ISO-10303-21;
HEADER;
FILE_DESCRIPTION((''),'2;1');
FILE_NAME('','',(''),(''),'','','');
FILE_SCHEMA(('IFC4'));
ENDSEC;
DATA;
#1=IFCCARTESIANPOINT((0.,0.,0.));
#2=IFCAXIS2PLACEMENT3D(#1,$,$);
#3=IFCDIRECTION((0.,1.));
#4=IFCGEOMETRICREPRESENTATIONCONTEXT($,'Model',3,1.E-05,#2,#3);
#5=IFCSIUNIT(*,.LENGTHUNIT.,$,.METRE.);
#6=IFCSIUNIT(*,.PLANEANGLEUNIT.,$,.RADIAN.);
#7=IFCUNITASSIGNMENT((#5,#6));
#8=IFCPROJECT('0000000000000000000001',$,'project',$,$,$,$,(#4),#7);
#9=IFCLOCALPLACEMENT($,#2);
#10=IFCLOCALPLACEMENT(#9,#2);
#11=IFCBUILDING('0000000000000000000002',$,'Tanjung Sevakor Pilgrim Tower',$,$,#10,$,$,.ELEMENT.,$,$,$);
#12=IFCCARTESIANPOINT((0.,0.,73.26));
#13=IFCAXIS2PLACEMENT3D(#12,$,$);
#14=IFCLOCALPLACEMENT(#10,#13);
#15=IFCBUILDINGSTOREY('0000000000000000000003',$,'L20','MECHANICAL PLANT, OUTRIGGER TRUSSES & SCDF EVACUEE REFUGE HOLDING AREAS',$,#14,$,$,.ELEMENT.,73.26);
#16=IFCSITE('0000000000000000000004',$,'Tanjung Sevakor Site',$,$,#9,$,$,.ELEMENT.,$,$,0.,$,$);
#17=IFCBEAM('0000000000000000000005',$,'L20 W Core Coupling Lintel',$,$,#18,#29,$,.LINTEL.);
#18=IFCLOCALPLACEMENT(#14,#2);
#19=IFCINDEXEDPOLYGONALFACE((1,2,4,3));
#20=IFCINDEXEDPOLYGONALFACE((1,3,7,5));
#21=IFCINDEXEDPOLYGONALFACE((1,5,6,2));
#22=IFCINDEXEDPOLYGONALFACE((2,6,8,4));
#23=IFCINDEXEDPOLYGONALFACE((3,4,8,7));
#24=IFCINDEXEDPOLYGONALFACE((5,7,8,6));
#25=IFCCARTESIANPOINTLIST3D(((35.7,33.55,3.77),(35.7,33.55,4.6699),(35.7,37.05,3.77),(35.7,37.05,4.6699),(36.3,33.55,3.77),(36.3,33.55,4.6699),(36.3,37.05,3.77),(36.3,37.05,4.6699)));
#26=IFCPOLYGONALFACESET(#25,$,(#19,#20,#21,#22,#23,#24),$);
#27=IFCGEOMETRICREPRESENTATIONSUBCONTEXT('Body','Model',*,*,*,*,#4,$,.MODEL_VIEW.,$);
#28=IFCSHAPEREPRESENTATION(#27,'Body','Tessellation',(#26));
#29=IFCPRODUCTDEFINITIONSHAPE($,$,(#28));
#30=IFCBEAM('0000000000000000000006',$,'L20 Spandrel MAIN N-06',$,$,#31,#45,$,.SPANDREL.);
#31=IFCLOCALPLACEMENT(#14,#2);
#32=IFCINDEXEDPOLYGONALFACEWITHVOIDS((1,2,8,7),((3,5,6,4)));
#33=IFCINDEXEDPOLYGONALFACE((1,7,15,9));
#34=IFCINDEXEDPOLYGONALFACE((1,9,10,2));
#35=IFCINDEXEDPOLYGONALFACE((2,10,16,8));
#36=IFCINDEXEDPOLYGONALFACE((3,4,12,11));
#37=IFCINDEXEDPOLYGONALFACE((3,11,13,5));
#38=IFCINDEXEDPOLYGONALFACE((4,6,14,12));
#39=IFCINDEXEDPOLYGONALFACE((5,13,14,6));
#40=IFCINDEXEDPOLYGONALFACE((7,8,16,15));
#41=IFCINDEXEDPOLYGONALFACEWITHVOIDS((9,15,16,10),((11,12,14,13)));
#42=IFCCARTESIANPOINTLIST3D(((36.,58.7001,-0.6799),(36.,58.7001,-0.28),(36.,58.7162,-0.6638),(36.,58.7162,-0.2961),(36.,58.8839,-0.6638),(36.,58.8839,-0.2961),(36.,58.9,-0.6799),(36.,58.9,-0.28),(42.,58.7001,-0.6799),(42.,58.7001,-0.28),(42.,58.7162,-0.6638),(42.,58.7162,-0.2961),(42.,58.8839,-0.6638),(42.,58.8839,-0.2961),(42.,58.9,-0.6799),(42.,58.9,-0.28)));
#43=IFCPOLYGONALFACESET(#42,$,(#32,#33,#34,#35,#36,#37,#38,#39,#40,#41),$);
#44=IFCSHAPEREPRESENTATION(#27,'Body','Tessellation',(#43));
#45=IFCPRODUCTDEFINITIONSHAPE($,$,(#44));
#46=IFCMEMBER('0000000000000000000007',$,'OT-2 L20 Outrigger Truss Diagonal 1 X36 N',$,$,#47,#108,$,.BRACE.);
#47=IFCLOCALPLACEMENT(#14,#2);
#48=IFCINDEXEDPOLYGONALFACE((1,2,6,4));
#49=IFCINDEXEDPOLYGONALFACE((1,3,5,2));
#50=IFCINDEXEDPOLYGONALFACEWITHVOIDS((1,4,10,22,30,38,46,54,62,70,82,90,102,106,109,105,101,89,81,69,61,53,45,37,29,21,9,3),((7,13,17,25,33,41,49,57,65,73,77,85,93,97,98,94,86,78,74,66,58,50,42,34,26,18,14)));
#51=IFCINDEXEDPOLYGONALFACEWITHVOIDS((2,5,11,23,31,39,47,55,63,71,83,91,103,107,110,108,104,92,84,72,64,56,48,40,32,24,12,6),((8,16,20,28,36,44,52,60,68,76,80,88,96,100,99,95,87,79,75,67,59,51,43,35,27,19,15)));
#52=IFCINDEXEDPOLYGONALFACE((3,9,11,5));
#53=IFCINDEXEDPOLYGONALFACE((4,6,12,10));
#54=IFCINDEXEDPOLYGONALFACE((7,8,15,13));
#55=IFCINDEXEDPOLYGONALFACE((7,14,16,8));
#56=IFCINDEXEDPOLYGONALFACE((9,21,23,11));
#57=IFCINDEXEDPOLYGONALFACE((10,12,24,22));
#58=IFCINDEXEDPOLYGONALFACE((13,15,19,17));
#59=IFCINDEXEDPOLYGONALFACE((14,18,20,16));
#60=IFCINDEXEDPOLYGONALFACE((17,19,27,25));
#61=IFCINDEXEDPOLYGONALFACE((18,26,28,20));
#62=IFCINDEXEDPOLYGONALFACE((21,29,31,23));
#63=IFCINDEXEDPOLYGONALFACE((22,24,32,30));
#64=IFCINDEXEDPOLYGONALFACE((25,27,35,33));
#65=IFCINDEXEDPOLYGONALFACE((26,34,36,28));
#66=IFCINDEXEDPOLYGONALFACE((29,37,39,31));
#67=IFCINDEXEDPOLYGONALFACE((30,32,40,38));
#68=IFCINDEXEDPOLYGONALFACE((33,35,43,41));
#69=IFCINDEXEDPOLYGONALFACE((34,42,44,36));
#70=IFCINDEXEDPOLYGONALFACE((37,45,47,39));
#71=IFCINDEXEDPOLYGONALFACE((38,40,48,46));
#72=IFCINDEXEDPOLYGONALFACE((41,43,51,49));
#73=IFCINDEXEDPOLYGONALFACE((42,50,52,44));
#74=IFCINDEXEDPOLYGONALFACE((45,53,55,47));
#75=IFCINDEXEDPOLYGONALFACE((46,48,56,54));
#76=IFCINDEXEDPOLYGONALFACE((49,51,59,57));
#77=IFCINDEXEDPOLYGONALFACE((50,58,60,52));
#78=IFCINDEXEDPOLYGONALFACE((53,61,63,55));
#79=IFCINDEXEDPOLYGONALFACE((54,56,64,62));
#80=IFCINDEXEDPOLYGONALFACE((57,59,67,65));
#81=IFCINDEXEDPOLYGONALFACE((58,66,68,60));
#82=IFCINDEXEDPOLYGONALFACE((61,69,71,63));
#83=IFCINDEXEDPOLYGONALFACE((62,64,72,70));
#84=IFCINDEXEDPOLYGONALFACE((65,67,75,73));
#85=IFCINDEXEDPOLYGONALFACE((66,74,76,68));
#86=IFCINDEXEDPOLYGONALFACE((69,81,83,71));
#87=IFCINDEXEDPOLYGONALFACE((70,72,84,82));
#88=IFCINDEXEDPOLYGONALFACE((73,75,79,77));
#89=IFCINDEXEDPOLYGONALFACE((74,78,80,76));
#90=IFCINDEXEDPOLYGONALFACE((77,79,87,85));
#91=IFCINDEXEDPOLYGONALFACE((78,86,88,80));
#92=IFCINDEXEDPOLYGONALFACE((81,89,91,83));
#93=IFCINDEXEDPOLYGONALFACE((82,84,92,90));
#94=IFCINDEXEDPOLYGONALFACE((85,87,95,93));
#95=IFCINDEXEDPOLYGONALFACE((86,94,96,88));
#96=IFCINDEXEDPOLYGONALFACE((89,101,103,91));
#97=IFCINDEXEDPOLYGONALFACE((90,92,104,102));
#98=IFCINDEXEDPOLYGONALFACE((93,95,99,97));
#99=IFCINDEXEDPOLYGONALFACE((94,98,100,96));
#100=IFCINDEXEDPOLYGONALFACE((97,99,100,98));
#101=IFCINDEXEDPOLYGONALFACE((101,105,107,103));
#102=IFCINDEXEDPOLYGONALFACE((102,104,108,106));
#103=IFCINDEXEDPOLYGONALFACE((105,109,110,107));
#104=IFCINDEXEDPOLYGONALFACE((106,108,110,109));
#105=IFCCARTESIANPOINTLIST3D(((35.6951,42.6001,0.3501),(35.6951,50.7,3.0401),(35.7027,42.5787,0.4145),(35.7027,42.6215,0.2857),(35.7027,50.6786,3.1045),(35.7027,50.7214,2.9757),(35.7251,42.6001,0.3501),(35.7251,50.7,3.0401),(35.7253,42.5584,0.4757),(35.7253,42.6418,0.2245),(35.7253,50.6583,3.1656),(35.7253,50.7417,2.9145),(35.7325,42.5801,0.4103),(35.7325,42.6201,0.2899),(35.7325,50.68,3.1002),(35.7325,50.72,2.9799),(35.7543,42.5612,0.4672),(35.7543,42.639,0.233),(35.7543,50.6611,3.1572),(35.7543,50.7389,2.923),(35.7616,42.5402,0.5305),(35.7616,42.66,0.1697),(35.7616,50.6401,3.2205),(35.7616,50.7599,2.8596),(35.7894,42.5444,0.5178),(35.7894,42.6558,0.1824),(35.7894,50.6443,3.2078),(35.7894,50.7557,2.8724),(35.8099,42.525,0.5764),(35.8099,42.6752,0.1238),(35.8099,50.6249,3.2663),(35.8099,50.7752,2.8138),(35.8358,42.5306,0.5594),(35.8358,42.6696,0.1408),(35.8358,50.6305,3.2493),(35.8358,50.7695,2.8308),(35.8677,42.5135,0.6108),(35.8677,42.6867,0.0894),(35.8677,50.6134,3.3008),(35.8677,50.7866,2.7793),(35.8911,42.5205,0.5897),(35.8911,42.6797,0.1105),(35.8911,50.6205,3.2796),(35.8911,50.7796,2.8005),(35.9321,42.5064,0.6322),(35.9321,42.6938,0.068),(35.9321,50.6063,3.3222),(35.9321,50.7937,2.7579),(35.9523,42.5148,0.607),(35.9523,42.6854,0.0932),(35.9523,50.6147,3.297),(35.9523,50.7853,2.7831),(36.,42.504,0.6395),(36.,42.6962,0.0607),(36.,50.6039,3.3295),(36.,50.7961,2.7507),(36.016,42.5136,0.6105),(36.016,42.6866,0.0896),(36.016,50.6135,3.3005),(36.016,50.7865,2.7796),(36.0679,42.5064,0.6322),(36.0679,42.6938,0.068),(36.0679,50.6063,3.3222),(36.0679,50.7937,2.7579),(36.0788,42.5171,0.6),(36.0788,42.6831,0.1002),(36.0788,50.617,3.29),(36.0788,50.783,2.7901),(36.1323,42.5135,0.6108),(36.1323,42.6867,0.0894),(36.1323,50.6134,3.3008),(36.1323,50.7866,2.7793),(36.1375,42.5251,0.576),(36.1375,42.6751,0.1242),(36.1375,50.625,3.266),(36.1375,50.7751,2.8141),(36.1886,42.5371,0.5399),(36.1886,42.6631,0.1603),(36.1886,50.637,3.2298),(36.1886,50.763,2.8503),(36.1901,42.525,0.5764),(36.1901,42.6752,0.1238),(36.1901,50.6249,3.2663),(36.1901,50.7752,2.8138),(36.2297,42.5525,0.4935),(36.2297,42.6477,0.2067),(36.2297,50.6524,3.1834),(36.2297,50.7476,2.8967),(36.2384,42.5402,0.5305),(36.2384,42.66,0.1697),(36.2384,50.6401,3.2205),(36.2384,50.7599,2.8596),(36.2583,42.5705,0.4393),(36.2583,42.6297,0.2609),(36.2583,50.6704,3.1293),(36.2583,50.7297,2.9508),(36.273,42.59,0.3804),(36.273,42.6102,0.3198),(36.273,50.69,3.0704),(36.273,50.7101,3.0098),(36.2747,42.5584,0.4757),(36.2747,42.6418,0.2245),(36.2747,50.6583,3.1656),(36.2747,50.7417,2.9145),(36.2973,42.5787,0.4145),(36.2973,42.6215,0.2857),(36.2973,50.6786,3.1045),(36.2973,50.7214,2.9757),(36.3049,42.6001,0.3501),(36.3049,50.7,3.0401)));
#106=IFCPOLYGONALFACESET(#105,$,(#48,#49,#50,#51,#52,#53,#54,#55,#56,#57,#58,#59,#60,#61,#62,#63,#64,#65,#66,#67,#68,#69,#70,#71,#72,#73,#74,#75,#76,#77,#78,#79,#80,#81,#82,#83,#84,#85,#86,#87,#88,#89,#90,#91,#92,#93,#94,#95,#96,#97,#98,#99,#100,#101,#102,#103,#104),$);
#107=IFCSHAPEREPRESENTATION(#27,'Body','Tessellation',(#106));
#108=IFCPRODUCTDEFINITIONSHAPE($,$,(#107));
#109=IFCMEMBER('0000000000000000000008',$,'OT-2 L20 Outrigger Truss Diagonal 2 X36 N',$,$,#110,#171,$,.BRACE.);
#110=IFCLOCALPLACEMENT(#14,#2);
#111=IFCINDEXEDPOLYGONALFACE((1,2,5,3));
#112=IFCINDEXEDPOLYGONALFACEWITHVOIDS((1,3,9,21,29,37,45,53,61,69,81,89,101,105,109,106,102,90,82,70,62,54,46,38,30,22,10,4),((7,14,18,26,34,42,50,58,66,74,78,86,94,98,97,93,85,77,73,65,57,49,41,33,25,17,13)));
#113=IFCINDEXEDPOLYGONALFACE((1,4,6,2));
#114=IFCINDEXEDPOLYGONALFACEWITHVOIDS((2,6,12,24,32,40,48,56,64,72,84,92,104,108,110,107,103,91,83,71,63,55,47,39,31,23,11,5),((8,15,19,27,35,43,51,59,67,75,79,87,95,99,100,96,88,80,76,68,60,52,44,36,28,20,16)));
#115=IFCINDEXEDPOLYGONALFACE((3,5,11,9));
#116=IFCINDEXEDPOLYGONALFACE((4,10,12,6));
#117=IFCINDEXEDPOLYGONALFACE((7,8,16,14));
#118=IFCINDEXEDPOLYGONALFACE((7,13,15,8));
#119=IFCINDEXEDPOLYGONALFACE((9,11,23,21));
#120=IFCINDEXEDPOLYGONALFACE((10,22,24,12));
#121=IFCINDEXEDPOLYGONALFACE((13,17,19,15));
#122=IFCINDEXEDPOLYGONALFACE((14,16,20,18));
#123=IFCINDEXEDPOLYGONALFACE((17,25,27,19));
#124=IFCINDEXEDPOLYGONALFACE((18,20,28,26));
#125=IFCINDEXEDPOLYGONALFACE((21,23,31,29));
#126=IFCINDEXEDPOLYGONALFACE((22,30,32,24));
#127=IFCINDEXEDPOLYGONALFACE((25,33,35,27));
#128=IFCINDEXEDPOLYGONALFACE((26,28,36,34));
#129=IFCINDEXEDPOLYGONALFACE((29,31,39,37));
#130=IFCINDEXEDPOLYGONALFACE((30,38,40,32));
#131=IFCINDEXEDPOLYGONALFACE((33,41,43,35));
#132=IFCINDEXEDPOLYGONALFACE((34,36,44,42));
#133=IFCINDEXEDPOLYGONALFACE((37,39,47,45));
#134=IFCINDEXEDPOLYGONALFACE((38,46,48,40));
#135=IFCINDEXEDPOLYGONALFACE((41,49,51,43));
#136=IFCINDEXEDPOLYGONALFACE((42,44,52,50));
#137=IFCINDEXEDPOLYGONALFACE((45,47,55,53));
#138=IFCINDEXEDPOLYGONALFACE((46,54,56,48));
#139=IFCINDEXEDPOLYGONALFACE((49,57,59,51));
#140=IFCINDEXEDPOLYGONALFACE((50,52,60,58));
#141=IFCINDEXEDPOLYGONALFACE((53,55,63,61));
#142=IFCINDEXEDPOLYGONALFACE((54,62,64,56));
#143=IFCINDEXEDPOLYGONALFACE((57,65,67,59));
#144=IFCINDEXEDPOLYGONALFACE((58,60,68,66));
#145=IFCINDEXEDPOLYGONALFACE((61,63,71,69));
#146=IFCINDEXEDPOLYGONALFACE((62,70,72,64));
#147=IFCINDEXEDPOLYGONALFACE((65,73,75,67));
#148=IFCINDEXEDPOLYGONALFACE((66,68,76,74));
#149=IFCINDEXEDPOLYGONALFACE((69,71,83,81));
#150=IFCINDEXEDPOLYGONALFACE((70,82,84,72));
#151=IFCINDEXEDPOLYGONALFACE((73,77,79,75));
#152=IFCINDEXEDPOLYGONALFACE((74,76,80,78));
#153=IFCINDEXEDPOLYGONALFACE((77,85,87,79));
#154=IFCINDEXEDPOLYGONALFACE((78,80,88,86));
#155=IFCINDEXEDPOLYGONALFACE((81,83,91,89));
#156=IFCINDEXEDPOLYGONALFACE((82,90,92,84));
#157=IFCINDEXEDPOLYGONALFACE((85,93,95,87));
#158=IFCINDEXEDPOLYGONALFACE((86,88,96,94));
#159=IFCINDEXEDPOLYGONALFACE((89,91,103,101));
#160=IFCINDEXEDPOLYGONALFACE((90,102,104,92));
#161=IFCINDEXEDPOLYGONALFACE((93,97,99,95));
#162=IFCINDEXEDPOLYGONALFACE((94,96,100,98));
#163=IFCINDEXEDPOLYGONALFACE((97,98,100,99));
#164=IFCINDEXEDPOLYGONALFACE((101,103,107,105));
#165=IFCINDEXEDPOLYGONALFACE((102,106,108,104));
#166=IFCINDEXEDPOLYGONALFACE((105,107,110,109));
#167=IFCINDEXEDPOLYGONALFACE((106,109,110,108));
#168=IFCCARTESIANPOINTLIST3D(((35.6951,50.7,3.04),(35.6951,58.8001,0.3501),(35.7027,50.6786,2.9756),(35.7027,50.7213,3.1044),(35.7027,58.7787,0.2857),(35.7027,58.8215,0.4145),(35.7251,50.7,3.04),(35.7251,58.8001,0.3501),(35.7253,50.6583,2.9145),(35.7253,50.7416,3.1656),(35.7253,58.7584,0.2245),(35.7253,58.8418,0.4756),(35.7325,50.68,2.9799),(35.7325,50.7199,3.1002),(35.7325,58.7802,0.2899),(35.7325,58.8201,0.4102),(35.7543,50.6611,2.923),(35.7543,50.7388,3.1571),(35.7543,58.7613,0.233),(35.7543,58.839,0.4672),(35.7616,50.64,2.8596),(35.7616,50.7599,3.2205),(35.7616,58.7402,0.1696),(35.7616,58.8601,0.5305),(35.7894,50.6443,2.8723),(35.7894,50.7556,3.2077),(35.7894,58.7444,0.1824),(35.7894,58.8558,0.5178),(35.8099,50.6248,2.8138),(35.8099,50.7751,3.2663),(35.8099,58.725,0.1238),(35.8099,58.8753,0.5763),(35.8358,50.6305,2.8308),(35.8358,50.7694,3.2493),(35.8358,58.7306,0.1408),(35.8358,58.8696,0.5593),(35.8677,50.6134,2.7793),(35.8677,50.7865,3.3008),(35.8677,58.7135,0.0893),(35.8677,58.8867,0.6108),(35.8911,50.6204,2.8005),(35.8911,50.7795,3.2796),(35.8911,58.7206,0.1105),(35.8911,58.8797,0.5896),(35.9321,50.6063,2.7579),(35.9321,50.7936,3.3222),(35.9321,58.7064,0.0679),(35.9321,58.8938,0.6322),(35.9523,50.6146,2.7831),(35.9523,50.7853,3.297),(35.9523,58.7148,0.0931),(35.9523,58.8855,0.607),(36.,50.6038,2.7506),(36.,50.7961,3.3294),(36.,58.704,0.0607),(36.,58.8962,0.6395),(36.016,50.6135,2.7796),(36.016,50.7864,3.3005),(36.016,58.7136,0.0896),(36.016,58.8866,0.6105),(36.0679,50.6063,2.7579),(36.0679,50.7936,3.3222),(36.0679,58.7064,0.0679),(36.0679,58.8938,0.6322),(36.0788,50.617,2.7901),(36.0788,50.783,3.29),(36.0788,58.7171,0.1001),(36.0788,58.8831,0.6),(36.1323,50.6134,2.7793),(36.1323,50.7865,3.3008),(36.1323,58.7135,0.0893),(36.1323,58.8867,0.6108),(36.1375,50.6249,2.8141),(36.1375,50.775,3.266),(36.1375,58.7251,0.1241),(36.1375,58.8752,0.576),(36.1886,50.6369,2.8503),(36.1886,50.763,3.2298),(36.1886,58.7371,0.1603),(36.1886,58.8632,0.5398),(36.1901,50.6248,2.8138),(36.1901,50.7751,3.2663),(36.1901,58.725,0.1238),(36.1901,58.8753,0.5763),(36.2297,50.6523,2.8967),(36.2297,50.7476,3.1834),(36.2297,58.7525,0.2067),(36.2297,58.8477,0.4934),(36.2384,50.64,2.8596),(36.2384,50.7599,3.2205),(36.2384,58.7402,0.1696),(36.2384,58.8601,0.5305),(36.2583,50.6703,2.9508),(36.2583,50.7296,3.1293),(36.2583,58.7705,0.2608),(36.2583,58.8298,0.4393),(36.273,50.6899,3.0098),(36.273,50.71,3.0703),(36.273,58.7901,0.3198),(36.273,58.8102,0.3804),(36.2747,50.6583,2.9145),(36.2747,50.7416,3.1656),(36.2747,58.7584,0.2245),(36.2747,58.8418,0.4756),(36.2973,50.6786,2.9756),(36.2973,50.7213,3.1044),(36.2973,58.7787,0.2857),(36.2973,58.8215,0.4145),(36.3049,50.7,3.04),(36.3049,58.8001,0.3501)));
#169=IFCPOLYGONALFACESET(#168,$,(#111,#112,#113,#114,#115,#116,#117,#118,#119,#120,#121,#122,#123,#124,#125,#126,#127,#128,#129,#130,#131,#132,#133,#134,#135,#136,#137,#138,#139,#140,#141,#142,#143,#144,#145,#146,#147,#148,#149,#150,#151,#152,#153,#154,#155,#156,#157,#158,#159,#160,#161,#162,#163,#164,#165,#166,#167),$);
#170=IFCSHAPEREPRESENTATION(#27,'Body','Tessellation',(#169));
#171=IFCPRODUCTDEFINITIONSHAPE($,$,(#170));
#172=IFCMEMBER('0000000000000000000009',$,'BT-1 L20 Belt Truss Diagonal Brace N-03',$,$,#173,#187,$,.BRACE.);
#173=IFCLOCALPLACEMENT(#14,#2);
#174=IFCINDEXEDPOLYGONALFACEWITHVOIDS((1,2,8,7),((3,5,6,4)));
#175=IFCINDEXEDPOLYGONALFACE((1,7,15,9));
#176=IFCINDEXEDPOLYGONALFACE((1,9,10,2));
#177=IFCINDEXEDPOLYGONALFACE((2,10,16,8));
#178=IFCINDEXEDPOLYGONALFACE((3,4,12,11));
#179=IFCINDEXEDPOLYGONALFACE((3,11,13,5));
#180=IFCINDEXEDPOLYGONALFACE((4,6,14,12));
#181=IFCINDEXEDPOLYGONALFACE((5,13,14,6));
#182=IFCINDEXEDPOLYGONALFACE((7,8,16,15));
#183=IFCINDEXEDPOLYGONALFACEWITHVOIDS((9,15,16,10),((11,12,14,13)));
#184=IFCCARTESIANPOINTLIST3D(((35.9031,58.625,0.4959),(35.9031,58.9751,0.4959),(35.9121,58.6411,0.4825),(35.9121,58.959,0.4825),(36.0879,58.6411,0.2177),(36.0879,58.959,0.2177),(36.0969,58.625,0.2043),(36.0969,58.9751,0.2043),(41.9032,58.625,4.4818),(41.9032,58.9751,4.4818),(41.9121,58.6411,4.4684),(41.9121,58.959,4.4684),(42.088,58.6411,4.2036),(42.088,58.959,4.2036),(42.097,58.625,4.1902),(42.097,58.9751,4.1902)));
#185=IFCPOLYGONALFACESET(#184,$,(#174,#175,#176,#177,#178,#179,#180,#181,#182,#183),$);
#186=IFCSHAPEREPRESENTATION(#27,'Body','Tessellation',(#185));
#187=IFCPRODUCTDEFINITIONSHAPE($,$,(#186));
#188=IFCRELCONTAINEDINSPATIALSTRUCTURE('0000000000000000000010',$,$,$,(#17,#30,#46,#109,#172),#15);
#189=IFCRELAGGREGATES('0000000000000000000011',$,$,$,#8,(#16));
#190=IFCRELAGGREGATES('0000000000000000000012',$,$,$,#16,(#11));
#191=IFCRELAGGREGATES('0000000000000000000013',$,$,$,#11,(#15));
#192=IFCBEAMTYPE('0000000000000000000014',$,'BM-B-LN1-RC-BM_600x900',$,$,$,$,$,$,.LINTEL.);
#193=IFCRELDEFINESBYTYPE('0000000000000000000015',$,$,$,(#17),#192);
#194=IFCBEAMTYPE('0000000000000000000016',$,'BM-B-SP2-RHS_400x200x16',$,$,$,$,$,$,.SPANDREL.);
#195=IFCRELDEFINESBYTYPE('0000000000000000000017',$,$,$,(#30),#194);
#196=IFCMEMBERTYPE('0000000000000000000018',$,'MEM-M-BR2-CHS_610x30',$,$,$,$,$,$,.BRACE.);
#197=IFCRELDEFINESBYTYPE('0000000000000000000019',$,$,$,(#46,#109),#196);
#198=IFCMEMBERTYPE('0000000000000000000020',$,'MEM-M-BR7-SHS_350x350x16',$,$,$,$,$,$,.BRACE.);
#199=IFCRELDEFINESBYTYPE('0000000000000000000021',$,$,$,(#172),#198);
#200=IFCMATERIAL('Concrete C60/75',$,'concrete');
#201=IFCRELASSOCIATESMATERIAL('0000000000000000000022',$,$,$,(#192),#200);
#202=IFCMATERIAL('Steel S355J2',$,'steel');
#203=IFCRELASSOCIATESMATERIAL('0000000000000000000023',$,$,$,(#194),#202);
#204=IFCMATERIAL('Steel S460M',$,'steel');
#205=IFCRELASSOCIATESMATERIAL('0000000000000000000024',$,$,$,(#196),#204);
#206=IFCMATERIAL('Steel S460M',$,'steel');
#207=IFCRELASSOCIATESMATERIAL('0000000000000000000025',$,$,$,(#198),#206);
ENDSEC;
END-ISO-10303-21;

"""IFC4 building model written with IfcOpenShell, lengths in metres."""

from ifc_helpers import new_model, si_unit, direction, frame, origin, origin_2d, place, context, subcontext, project, spatial, rectangle, hollow_rectangle, hollow_circle, extrude, material, material_profile, profile_set, type_object, element, save


model = new_model("IFC4")

# Units and contexts
model_context = context("Model", 3, precision=1e-05, world=origin(), true_north=direction((0.0, 1.0)))
body_context = subcontext(model_context, "Body", "Model", "MODEL_VIEW")
ifc_project = project(units=[si_unit("LENGTHUNIT", "METRE"), si_unit("PLANEANGLEUNIT", "RADIAN")], contexts=[model_context])

# Site, building, storey
site_placement = place(None, origin())
site = spatial("IfcSite", under=ifc_project, at=site_placement, Name="Tanjung Sevakor Site", CompositionType="ELEMENT", RefElevation=0.0)
building_placement = place(site_placement, origin())
building = spatial("IfcBuilding", under=site, at=building_placement, Name="Tanjung Sevakor Pilgrim Tower", CompositionType="ELEMENT")
storey_placement = place(building_placement, frame((0.0, 0.0, 73.26)))
storey = spatial("IfcBuildingStorey", under=building, at=storey_placement, Name="L20", Description="MECHANICAL PLANT, OUTRIGGER TRUSSES & SCDF EVACUEE REFUGE HOLDING AREAS", CompositionType="ELEMENT", Elevation=73.26)

# Beams
ifc_material_1 = material(Name="Concrete C60/75", Category="concrete")
ifc_material_profile_1 = material_profile(ifc_material_1, rectangle(XDim=0.6001, YDim=0.8999, at=origin_2d()))
ifc_profile_set_1 = profile_set([ifc_material_profile_1], Name="Concrete C60/75")
beam_type_1 = type_object("IfcBeamType", Name="BM-B-LN1-RC-BM_600x900", PredefinedType="LINTEL", material=ifc_profile_set_1)
beam_1_placement = place(storey_placement, frame((36.0, 33.55, 4.22), z_axis=(0.0, 1.0, 0.0), x_axis=(-1.0, 0.0, 0.0)))
element("IfcBeam", 1, at=beam_1_placement, inside=storey, type_object=beam_type_1, Name="L20 W Core Coupling Lintel", PredefinedType="LINTEL", context=body_context, shape_type="SweptSolid", body=[
    extrude(rectangle(XDim=0.6001, YDim=0.8999, at=origin_2d()), origin(), (0.0, 0.0, 1.0), 3.5),
])
ifc_material_2 = material(Name="Steel S355J2", Category="steel")
ifc_material_profile_2 = material_profile(ifc_material_2, hollow_rectangle(XDim=0.2, YDim=0.3999, WallThickness=0.0161, at=origin_2d()))
ifc_profile_set_2 = profile_set([ifc_material_profile_2], Name="Steel S355J2")
beam_type_2 = type_object("IfcBeamType", Name="BM-B-SP2-RHS_400x200x16", PredefinedType="SPANDREL", material=ifc_profile_set_2)
beam_2_placement = place(storey_placement, frame((36.0, 58.8, -0.48), z_axis=(1.0, 0.0, 0.0), x_axis=(0.0, 1.0, 0.0)))
element("IfcBeam", 2, at=beam_2_placement, inside=storey, type_object=beam_type_2, Name="L20 Spandrel MAIN N-06", PredefinedType="SPANDREL", context=body_context, shape_type="SweptSolid", body=[
    extrude(hollow_rectangle(XDim=0.2, YDim=0.3999, WallThickness=0.0161, at=origin_2d()), origin(), (0.0, 0.0, 1.0), 6.0),
])

# Members
ifc_material_3 = material(Name="Steel S460M", Category="steel")
ifc_material_profile_3 = material_profile(ifc_material_3, hollow_circle(Radius=0.3049, WallThickness=0.03, at=origin_2d()))
ifc_profile_set_3 = profile_set([ifc_material_profile_3], Name="Steel S460M")
member_type_1 = type_object("IfcMemberType", Name="MEM-M-BR2-CHS_610x30", PredefinedType="BRACE", material=ifc_profile_set_3)
member_1_placement = place(storey_placement, frame((36.0, 42.6001, 0.3501), z_axis=(0.0, 0.949035, 0.315172), x_axis=(-1.0, 0.0, 0.0)))
element("IfcMember", 3, at=member_1_placement, inside=storey, type_object=member_type_1, Name="OT-2 L20 Outrigger Truss Diagonal 1 X36 N", PredefinedType="BRACE", context=body_context, shape_type="SweptSolid", body=[
    extrude(hollow_circle(Radius=0.3049, WallThickness=0.03, at=origin_2d()), origin(), (0.0, 0.0, 1.0), 8.5349),
])
member_2_placement = place(storey_placement, frame((36.0, 50.7, 3.04), z_axis=(0.0, 0.949037, -0.315163), x_axis=(-1.0, 0.0, 0.0)))
element("IfcMember", 4, at=member_2_placement, inside=storey, type_object=member_type_1, Name="OT-2 L20 Outrigger Truss Diagonal 2 X36 N", PredefinedType="BRACE", context=body_context, shape_type="SweptSolid", body=[
    extrude(hollow_circle(Radius=0.3049, WallThickness=0.03, at=origin_2d()), origin(), (0.0, 0.0, 1.0), 8.5352),
])
ifc_material_4 = material(Name="Steel S460M", Category="steel")
ifc_material_profile_4 = material_profile(ifc_material_4, hollow_rectangle(XDim=0.3501, YDim=0.3501, WallThickness=0.0161, at=origin_2d()))
ifc_profile_set_4 = profile_set([ifc_material_profile_4], Name="Steel S460M")
member_type_2 = type_object("IfcMemberType", Name="MEM-M-BR7-SHS_350x350x16", PredefinedType="BRACE", material=ifc_profile_set_4)
member_3_placement = place(storey_placement, frame((36.0, 58.8, 0.3501), z_axis=(0.832956, 0.0, 0.553339), x_axis=(0.0, 1.0, 0.0)))
element("IfcMember", 5, at=member_3_placement, inside=storey, type_object=member_type_2, Name="BT-1 L20 Belt Truss Diagonal Brace N-03", PredefinedType="BRACE", context=body_context, shape_type="SweptSolid", body=[
    extrude(hollow_rectangle(XDim=0.3501, YDim=0.3501, WallThickness=0.0161, at=origin_2d()), origin(), (0.0, 0.0, 1.0), 7.2034),
])

save(model, "model.ifc")
